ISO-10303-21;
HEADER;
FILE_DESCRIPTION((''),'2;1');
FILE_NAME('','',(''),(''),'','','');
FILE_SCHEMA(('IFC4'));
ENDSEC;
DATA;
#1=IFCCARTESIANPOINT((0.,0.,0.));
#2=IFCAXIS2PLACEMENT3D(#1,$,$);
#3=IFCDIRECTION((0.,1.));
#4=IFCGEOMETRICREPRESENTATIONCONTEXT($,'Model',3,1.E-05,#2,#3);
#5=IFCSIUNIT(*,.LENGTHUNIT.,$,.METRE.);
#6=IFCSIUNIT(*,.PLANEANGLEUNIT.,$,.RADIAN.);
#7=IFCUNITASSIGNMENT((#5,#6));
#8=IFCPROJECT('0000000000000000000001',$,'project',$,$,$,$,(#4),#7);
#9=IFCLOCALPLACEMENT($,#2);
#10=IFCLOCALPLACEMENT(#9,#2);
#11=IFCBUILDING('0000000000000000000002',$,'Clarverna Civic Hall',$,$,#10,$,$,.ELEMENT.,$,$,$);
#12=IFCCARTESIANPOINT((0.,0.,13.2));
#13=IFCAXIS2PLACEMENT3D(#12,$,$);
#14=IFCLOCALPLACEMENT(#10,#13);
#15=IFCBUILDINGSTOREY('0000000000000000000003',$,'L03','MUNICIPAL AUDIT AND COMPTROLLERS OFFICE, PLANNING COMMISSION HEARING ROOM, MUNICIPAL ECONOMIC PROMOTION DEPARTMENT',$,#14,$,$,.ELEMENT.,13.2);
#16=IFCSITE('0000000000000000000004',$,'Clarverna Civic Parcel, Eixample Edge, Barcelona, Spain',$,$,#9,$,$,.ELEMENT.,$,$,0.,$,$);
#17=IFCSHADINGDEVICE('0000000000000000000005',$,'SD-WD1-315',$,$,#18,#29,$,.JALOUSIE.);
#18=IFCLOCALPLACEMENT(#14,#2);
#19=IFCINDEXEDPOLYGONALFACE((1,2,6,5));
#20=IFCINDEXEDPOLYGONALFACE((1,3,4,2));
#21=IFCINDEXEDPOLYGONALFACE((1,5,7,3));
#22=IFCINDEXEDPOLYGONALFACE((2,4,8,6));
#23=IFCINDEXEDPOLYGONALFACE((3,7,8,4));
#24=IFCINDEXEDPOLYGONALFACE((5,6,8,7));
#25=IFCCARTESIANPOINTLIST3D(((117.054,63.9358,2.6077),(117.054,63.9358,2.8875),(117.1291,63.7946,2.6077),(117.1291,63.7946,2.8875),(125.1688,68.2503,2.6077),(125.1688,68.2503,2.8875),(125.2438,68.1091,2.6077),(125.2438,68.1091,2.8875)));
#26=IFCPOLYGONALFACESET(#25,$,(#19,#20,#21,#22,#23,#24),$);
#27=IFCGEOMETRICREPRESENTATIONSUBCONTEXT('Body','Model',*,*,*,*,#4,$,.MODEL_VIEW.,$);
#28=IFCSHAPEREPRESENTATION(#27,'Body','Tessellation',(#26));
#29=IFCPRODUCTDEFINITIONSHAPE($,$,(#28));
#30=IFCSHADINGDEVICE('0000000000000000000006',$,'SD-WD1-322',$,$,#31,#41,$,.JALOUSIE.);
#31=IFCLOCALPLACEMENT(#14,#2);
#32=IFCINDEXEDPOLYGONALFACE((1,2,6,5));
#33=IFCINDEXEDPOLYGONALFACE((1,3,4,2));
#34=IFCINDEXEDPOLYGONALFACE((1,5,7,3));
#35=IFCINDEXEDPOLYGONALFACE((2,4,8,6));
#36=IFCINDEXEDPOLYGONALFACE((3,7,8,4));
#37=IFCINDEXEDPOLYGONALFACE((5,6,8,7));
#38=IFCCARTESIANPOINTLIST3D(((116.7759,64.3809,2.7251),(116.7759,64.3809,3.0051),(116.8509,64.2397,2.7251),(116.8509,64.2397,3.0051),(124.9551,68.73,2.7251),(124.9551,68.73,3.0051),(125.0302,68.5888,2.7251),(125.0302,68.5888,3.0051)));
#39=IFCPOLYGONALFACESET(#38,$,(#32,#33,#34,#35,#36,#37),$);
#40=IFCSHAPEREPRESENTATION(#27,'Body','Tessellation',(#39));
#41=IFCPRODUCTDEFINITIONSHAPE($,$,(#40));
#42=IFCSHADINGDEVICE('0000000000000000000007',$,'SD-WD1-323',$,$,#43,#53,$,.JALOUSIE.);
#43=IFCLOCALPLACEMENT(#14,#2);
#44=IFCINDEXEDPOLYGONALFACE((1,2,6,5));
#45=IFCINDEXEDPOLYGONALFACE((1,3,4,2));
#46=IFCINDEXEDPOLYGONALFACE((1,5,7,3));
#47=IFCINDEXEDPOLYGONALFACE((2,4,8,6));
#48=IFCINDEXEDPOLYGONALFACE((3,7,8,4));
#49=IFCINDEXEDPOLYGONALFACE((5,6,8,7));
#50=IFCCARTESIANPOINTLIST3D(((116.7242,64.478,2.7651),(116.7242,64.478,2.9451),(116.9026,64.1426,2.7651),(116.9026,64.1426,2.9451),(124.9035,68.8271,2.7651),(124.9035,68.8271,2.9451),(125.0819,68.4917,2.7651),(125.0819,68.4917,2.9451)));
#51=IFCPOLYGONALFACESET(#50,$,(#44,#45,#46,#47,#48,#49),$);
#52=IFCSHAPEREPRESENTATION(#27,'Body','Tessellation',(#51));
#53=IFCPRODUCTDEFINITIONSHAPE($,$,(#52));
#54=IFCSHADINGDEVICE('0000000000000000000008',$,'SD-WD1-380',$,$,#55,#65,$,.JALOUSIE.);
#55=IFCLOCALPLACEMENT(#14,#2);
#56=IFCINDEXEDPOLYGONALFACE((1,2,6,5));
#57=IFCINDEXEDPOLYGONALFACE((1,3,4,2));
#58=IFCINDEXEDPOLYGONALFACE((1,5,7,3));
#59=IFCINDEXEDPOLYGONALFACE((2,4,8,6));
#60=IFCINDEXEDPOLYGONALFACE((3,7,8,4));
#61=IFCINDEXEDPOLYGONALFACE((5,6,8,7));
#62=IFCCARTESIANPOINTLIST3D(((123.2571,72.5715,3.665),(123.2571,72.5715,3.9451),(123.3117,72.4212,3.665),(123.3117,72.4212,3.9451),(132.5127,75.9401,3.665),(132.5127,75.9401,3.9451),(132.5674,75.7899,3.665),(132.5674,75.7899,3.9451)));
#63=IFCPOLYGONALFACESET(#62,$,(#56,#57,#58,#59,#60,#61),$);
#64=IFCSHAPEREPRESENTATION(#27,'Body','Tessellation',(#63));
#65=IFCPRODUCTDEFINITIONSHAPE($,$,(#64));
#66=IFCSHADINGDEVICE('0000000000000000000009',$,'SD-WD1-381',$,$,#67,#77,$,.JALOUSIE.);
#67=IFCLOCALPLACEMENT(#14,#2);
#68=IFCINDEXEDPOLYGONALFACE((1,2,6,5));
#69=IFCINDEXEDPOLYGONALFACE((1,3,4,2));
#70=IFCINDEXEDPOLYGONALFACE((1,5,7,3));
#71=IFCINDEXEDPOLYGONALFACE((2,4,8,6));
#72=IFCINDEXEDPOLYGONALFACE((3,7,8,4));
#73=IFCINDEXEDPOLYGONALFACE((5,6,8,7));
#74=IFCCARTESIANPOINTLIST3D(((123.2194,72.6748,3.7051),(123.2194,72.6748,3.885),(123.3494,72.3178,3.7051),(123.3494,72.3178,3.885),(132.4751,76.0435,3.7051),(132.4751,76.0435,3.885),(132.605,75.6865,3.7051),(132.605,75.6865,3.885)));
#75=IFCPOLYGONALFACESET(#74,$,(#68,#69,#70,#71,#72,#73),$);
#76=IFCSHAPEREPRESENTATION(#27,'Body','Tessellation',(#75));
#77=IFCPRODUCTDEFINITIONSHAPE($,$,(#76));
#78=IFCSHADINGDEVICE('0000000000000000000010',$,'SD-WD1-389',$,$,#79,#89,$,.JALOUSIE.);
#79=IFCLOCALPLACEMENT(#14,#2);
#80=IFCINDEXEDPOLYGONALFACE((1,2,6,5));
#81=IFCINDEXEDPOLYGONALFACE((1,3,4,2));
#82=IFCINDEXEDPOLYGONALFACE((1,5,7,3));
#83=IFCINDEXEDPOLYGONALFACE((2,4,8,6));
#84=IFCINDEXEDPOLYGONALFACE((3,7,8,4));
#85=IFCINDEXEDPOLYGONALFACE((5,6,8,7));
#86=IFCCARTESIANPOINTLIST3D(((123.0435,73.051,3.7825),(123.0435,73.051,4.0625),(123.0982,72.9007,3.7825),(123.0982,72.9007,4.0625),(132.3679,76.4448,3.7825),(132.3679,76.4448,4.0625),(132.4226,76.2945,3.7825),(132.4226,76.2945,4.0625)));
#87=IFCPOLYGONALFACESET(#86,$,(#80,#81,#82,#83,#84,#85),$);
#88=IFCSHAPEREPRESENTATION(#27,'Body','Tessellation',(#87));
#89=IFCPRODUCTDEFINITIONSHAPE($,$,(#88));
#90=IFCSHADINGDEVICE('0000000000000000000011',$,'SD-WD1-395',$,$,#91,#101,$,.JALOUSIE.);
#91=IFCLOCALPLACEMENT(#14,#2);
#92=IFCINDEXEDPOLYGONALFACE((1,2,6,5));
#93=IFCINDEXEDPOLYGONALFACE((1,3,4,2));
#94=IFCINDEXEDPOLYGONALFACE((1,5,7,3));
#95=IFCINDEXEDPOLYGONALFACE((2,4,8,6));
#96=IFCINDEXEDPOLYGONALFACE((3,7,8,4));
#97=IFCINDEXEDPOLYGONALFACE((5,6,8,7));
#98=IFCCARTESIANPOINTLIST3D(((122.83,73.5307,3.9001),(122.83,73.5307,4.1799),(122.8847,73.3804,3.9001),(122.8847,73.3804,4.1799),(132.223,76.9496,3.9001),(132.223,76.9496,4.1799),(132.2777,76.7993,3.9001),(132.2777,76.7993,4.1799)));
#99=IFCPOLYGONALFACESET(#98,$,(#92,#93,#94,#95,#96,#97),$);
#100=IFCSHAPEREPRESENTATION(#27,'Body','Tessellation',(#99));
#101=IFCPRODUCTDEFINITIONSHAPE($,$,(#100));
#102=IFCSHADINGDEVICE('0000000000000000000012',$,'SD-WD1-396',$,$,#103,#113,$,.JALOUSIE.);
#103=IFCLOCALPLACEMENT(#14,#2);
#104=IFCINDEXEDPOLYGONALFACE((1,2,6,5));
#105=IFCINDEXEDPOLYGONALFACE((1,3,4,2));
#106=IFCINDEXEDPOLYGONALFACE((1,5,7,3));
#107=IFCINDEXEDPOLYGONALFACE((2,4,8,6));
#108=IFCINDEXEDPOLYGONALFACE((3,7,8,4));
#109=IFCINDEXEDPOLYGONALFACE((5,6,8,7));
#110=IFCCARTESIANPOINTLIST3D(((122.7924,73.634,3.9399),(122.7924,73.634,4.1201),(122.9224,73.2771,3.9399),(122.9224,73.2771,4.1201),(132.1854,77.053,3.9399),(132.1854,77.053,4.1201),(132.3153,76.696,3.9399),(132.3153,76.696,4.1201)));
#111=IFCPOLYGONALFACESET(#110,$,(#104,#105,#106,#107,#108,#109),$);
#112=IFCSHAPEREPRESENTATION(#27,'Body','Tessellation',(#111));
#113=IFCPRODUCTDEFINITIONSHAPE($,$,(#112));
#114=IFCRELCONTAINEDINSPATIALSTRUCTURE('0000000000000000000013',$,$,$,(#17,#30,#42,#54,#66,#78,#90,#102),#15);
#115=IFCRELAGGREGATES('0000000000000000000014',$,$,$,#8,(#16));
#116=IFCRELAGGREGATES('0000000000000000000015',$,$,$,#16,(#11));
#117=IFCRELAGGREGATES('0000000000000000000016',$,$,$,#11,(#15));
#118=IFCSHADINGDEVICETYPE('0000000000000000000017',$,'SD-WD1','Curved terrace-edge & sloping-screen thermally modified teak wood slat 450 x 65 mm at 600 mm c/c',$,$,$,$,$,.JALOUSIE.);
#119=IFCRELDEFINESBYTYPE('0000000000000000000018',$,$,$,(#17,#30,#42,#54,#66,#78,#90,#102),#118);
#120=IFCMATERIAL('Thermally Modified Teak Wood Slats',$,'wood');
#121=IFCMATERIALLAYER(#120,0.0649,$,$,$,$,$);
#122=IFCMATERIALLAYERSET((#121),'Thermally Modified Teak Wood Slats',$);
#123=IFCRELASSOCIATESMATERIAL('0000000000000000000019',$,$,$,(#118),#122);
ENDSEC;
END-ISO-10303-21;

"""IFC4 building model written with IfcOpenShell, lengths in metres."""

from ifc_helpers import new_model, si_unit, direction, frame, frame_2d, origin, place, context, subcontext, project, spatial, rectangle, extrude, material, layer, layer_set, type_object, element, save


model = new_model("IFC4")

# Units and contexts
model_context = context("Model", 3, precision=1e-05, world=origin(), true_north=direction((0.0, 1.0)))
body_context = subcontext(model_context, "Body", "Model", "MODEL_VIEW")
ifc_project = project(units=[si_unit("LENGTHUNIT", "METRE"), si_unit("PLANEANGLEUNIT", "RADIAN")], contexts=[model_context])

# Site, building, storey
site_placement = place(None, origin())
site = spatial("IfcSite", under=ifc_project, at=site_placement, Name="Clarverna Civic Parcel, Eixample Edge, Barcelona, Spain", CompositionType="ELEMENT", RefElevation=0.0)
building_placement = place(site_placement, origin())
building = spatial("IfcBuilding", under=site, at=building_placement, Name="Clarverna Civic Hall", CompositionType="ELEMENT")
storey_placement = place(building_placement, frame((0.0, 0.0, 13.2)))
storey = spatial("IfcBuildingStorey", under=building, at=storey_placement, Name="L03", Description="MUNICIPAL AUDIT AND COMPTROLLERS OFFICE, PLANNING COMMISSION HEARING ROOM, MUNICIPAL ECONOMIC PROMOTION DEPARTMENT", CompositionType="ELEMENT", Elevation=13.2)

# Shading devices
ifc_material_1 = material(Name="Thermally Modified Teak Wood Slats", Category="wood")
ifc_layer_1 = layer(ifc_material_1, 0.0649)
ifc_layer_set_1 = layer_set([ifc_layer_1], Name="Thermally Modified Teak Wood Slats")
shading_device_type = type_object("IfcShadingDeviceType", Name="SD-WD1", Description="Curved terrace-edge & sloping-screen thermally modified teak wood slat 450 x 65 mm at 600 mm c/c", PredefinedType="JALOUSIE", material=ifc_layer_set_1)
shading_device_1_placement = place(storey_placement, frame((125.2063, 68.1797, 2.6077), z_axis=(0.0, 0.0, 1.0), x_axis=(-0.882958, -0.469452, 0.0)))
element("IfcShadingDevice", 1, at=shading_device_1_placement, inside=storey, type_object=shading_device_type, Name="SD-WD1-315", PredefinedType="JALOUSIE", context=body_context, shape_type="SweptSolid", body=[
    extrude(rectangle(XDim=9.1904, YDim=0.1599, at=frame_2d((4.5952, 0.0))), origin(), (0.0, 0.0, 1.0), 0.2798),
])
shading_device_2_placement = place(storey_placement, frame((124.9927, 68.6594, 2.7251), z_axis=(0.0, 0.0, 1.0), x_axis=(-0.88294, -0.469485, 0.0)))
element("IfcShadingDevice", 2, at=shading_device_2_placement, inside=storey, type_object=shading_device_type, Name="SD-WD1-322", PredefinedType="JALOUSIE", context=body_context, shape_type="SweptSolid", body=[
    extrude(rectangle(XDim=9.2637, YDim=0.1599, at=frame_2d((4.6318, 0.0))), origin(), (0.0, 0.0, 1.0), 0.28),
])
shading_device_3_placement = place(storey_placement, frame((124.9927, 68.6594, 2.7651), z_axis=(0.0, 0.0, 1.0), x_axis=(-0.88294, -0.469485, 0.0)))
element("IfcShadingDevice", 3, at=shading_device_3_placement, inside=storey, type_object=shading_device_type, Name="SD-WD1-323", PredefinedType="JALOUSIE", context=body_context, shape_type="SweptSolid", body=[
    extrude(rectangle(XDim=9.2637, YDim=0.3799, at=frame_2d((4.6318, 0.0))), origin(), (0.0, 0.0, 1.0), 0.1799),
])
shading_device_4_placement = place(storey_placement, frame((132.54, 75.865, 3.665), z_axis=(0.0, 0.0, 1.0), x_axis=(-0.939696, -0.34201, 0.0)))
element("IfcShadingDevice", 4, at=shading_device_4_placement, inside=storey, type_object=shading_device_type, Name="SD-WD1-380", PredefinedType="JALOUSIE", context=body_context, shape_type="SweptSolid", body=[
    extrude(rectangle(XDim=9.8496, YDim=0.1599, at=frame_2d((4.9248, 0.0))), origin(), (0.0, 0.0, 1.0), 0.28),
])
shading_device_5_placement = place(storey_placement, frame((132.54, 75.865, 3.7051), z_axis=(0.0, 0.0, 1.0), x_axis=(-0.939696, -0.34201, 0.0)))
element("IfcShadingDevice", 5, at=shading_device_5_placement, inside=storey, type_object=shading_device_type, Name="SD-WD1-381", PredefinedType="JALOUSIE", context=body_context, shape_type="SweptSolid", body=[
    extrude(rectangle(XDim=9.8496, YDim=0.3799, at=frame_2d((4.9248, 0.0))), origin(), (0.0, 0.0, 1.0), 0.1799),
])
shading_device_6_placement = place(storey_placement, frame((132.3953, 76.3696, 3.7825), z_axis=(0.0, 0.0, 1.0), x_axis=(-0.939694, -0.342018, 0.0)))
element("IfcShadingDevice", 6, at=shading_device_6_placement, inside=storey, type_object=shading_device_type, Name="SD-WD1-389", PredefinedType="JALOUSIE", context=body_context, shape_type="SweptSolid", body=[
    extrude(rectangle(XDim=9.9229, YDim=0.1599, at=frame_2d((4.9614, 0.0))), origin(), (0.0, 0.0, 1.0), 0.28),
])
shading_device_7_placement = place(storey_placement, frame((132.2505, 76.8745, 3.9001), z_axis=(0.0, 0.0, 1.0), x_axis=(-0.939688, -0.342033, 0.0)))
element("IfcShadingDevice", 7, at=shading_device_7_placement, inside=storey, type_object=shading_device_type, Name="SD-WD1-395", PredefinedType="JALOUSIE", context=body_context, shape_type="SweptSolid", body=[
    extrude(rectangle(XDim=9.9958, YDim=0.1599, at=frame_2d((4.998, 0.0))), origin(), (0.0, 0.0, 1.0), 0.2798),
])
shading_device_8_placement = place(storey_placement, frame((132.2505, 76.8745, 3.9399), z_axis=(0.0, 0.0, 1.0), x_axis=(-0.939688, -0.342033, 0.0)))
element("IfcShadingDevice", 8, at=shading_device_8_placement, inside=storey, type_object=shading_device_type, Name="SD-WD1-396", PredefinedType="JALOUSIE", context=body_context, shape_type="SweptSolid", body=[
    extrude(rectangle(XDim=9.9958, YDim=0.3799, at=frame_2d((4.998, 0.0))), origin(), (0.0, 0.0, 1.0), 0.1802),
])

save(model, "model.ifc")
